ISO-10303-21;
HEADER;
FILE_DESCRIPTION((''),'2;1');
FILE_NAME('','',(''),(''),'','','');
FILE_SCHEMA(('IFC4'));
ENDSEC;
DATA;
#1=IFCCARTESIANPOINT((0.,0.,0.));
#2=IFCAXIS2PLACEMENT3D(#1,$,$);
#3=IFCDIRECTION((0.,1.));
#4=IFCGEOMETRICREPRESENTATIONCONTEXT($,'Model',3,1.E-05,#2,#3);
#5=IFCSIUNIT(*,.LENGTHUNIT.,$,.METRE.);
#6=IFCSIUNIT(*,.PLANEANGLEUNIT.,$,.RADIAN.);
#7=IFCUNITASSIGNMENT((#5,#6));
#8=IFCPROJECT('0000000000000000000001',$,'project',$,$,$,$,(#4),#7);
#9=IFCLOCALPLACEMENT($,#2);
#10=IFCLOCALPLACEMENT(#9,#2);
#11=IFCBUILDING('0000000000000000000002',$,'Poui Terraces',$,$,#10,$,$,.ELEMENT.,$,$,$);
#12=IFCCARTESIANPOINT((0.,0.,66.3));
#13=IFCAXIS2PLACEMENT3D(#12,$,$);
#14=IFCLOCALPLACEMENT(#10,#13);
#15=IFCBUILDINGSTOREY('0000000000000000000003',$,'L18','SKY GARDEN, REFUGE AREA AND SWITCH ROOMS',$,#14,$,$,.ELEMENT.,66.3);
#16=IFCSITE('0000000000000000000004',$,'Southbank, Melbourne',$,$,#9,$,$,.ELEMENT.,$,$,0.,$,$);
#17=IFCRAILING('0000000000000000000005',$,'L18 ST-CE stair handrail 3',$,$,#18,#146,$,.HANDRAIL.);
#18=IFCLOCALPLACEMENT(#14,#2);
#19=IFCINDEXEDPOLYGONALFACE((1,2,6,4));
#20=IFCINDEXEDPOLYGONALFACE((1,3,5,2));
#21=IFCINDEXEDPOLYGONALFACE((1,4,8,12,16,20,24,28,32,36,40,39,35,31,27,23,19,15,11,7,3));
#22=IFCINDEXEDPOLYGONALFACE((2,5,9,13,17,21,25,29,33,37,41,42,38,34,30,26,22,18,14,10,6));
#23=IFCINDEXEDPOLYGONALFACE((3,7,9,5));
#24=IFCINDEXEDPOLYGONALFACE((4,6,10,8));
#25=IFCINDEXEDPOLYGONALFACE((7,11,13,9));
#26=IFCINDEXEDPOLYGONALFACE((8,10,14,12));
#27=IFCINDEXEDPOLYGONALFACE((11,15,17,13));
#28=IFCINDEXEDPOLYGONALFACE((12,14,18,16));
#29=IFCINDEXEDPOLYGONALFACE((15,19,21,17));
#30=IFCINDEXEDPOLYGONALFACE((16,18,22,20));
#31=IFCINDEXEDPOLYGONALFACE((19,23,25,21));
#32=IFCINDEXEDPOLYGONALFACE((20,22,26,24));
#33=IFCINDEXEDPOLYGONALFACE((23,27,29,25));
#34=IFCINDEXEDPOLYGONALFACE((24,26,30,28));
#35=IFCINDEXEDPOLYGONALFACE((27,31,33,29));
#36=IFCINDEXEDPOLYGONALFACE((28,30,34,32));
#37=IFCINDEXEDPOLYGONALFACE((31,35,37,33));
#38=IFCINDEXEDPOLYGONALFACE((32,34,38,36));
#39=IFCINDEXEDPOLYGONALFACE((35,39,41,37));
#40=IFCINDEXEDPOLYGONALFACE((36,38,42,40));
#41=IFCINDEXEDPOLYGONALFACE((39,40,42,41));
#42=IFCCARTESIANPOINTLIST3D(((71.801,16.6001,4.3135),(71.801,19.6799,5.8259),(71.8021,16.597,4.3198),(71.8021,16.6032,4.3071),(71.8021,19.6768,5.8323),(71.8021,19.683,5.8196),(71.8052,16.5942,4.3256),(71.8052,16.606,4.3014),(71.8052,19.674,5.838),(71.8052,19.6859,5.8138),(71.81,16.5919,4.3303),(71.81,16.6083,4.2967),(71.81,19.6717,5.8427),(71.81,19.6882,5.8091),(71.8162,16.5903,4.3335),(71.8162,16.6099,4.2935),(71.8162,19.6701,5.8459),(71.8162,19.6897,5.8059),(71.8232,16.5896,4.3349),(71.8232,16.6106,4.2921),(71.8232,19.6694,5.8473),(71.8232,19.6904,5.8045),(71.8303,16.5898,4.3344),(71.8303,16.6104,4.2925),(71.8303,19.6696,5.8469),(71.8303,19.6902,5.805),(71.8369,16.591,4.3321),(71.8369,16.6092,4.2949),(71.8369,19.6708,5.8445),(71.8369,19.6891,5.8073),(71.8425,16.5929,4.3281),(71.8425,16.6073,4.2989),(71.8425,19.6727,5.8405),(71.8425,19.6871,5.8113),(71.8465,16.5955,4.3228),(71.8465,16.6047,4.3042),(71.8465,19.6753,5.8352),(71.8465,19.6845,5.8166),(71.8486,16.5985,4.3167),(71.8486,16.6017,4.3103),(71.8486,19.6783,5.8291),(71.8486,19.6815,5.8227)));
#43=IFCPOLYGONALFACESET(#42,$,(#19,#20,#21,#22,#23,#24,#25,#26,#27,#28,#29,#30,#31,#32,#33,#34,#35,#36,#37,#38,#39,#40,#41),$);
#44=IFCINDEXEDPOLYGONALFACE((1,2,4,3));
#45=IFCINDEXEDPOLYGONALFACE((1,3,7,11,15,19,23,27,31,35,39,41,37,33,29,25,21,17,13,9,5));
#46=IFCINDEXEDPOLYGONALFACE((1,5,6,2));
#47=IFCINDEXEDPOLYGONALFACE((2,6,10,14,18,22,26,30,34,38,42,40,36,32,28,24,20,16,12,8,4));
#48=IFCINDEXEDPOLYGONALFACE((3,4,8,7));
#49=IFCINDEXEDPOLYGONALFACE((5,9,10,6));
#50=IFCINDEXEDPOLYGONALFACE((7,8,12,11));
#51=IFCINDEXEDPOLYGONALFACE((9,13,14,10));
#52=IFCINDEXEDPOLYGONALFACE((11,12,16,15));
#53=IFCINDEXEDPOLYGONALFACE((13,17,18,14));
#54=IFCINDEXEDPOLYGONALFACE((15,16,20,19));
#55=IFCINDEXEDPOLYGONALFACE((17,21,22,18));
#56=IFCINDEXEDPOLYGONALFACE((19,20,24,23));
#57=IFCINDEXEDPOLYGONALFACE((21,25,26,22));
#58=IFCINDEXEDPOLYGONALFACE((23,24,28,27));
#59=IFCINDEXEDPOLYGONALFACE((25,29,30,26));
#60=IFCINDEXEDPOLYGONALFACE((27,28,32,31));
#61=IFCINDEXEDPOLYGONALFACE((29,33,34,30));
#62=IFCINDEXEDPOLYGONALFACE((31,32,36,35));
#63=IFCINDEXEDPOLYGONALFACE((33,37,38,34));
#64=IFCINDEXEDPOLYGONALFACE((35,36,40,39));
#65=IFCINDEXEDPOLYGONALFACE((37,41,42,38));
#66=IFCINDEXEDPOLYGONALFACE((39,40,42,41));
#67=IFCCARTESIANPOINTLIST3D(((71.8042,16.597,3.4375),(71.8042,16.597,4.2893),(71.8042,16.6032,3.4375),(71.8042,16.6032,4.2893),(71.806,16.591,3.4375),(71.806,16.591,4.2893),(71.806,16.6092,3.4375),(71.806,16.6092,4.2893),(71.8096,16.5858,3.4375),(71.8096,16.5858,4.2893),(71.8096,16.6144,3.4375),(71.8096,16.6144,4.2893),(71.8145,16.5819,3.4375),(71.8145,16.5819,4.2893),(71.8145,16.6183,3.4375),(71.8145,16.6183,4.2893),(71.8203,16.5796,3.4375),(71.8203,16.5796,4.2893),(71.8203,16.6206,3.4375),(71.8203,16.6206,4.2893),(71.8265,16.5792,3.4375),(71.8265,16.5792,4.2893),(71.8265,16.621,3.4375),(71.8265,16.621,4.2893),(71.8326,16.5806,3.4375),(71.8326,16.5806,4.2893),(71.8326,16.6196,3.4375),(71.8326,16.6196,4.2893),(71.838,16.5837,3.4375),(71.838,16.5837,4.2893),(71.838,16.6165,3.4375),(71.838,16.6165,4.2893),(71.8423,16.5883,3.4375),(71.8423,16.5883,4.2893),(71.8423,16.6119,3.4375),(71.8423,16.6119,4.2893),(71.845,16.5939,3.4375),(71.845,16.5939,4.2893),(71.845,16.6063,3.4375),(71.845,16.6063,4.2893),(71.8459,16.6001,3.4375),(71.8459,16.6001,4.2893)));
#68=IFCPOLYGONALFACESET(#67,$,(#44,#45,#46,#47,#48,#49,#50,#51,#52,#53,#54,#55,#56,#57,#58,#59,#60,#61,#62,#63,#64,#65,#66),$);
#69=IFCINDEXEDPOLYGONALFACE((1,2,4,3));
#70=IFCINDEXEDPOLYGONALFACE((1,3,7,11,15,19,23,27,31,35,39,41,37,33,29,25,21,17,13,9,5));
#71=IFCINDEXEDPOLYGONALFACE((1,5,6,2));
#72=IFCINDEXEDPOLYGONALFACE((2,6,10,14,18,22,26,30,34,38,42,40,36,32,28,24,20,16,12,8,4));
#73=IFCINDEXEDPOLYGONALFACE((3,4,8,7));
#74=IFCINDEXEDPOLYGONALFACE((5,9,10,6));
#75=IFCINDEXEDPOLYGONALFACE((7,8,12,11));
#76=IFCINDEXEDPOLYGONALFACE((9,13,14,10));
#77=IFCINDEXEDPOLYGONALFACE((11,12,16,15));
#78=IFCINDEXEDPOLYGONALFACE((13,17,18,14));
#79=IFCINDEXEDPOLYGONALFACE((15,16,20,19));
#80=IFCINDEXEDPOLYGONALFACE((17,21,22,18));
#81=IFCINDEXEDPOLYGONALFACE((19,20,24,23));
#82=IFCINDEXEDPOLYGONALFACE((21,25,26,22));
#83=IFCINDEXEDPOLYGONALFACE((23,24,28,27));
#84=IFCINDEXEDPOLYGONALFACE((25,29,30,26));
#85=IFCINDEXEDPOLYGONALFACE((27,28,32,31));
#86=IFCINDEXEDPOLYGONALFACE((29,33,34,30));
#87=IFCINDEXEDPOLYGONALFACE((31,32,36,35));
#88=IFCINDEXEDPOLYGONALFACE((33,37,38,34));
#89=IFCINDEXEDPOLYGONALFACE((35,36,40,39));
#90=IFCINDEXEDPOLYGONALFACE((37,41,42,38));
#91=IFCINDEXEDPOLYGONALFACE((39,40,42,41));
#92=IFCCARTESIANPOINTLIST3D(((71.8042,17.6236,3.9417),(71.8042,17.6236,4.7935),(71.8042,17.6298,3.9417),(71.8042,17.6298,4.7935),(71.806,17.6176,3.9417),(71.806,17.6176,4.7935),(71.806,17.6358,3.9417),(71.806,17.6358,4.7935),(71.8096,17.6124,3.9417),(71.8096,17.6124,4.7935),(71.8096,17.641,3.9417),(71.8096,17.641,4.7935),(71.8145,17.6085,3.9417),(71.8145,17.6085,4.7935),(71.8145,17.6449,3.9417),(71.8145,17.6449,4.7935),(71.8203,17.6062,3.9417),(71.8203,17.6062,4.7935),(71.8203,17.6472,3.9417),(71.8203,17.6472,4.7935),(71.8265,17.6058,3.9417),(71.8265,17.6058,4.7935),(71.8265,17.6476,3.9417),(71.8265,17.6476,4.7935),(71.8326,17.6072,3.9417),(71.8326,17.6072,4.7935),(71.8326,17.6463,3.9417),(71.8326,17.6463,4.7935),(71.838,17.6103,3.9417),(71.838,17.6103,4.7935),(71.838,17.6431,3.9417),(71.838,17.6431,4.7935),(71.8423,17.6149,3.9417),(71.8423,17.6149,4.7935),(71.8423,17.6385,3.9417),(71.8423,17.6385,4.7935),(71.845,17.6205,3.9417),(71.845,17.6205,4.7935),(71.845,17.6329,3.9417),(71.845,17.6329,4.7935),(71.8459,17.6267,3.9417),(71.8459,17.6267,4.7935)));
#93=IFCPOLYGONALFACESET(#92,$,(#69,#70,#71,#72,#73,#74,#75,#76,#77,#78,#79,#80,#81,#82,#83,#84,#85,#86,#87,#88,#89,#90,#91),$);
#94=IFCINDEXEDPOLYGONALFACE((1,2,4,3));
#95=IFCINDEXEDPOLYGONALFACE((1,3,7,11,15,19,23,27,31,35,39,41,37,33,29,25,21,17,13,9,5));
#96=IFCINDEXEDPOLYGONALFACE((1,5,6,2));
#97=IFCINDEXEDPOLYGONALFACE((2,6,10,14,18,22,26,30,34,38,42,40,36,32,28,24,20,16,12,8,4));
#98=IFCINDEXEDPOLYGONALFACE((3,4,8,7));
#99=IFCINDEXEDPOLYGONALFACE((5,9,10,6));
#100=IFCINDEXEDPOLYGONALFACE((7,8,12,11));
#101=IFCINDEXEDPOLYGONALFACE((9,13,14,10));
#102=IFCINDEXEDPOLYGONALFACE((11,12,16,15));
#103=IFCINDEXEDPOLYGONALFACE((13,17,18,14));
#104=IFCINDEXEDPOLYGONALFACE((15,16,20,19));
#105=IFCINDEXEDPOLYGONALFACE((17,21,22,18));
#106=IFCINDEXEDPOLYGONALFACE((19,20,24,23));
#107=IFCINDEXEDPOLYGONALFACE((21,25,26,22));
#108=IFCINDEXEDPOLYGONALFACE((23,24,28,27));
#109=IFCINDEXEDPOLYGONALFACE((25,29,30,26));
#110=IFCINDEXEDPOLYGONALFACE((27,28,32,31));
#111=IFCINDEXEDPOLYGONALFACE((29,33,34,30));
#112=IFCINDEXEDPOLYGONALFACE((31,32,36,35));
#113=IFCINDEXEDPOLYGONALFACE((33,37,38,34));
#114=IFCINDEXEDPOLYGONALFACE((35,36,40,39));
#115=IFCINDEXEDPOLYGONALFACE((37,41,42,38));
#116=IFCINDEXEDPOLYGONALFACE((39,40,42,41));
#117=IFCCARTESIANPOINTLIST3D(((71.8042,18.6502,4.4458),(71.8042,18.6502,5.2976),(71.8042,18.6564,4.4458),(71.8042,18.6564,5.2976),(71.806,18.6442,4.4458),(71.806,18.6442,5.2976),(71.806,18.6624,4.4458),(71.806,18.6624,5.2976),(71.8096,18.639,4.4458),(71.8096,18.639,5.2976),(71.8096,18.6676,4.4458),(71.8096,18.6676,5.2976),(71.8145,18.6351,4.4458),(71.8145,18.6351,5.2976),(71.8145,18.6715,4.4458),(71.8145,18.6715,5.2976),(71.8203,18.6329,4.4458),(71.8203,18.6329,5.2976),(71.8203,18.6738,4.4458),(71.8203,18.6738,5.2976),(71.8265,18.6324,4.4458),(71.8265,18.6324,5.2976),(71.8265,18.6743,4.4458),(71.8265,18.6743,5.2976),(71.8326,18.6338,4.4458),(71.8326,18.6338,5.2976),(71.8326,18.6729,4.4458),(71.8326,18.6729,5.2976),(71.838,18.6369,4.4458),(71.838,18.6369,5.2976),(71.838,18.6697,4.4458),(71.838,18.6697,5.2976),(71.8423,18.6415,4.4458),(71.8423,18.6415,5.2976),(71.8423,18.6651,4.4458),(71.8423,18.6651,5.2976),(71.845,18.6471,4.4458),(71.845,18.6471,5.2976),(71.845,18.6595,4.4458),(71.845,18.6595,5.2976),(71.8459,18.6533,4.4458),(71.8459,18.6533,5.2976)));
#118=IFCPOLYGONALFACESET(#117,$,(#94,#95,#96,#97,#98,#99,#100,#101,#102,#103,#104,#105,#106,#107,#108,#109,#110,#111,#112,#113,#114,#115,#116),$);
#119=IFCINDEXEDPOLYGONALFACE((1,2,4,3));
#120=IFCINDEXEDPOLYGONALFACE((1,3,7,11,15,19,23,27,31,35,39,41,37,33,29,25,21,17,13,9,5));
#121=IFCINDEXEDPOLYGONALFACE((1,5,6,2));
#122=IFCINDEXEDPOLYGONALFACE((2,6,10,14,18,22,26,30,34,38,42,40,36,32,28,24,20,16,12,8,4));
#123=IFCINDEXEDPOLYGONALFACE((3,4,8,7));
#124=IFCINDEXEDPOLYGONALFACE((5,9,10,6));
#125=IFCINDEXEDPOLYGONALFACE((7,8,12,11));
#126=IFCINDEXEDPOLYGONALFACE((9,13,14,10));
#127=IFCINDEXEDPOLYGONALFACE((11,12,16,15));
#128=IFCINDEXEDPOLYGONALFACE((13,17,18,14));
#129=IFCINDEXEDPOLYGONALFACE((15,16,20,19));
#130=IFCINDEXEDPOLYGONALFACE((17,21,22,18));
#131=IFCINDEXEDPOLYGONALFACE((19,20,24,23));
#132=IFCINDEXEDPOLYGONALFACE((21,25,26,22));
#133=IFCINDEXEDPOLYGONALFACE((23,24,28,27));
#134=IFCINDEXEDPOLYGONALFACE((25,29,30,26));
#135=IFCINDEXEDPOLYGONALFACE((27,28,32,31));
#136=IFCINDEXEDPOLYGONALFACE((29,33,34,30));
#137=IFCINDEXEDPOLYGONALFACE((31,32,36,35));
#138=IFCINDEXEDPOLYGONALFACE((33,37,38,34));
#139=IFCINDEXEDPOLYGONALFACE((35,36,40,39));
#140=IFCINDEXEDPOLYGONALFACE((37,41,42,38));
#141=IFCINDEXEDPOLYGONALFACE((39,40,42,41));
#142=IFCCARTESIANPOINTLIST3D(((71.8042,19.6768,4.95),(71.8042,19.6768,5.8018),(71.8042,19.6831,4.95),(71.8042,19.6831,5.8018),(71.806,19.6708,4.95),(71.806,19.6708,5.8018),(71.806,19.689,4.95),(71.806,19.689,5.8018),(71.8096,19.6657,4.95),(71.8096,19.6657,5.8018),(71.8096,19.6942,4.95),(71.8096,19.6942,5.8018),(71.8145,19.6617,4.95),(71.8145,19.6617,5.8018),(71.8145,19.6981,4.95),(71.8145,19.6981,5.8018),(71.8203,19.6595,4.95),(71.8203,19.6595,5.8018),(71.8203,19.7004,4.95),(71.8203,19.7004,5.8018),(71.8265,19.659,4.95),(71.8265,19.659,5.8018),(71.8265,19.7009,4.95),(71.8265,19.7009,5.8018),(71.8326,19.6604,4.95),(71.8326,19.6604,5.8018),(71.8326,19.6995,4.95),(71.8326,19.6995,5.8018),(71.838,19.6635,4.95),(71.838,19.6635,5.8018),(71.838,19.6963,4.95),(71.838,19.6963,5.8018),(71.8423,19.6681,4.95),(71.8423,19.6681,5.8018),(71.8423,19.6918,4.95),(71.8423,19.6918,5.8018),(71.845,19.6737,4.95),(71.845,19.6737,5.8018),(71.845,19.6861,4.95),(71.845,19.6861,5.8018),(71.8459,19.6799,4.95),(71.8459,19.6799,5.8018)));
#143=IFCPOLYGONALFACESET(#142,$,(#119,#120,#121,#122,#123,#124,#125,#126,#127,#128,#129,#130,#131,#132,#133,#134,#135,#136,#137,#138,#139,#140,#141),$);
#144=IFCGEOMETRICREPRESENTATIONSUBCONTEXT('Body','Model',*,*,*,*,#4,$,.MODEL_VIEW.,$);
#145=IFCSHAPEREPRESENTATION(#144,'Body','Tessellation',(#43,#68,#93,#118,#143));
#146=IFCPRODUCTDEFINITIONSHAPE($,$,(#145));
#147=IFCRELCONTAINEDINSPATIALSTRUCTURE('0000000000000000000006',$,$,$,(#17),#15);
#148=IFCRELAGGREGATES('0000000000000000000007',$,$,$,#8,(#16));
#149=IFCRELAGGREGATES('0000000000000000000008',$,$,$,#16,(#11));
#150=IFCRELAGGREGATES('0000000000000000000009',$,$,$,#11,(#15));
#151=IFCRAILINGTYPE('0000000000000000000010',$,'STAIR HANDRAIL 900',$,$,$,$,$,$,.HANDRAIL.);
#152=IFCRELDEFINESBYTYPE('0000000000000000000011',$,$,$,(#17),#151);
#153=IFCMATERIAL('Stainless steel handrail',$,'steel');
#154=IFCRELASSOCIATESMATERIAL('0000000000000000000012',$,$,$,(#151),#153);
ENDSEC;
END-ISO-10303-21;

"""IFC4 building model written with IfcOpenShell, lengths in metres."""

from ifc_helpers import new_model, si_unit, direction, frame, origin, origin_2d, place, context, subcontext, project, spatial, circle, extrude, material, type_object, element, save


model = new_model("IFC4")

# Units and contexts
model_context = context("Model", 3, precision=1e-05, world=origin(), true_north=direction((0.0, 1.0)))
body_context = subcontext(model_context, "Body", "Model", "MODEL_VIEW")
ifc_project = project(units=[si_unit("LENGTHUNIT", "METRE"), si_unit("PLANEANGLEUNIT", "RADIAN")], contexts=[model_context])

# Site, building, storey
site_placement = place(None, origin())
site = spatial("IfcSite", under=ifc_project, at=site_placement, Name="Southbank, Melbourne", CompositionType="ELEMENT", RefElevation=0.0)
building_placement = place(site_placement, origin())
building = spatial("IfcBuilding", under=site, at=building_placement, Name="Poui Terraces", CompositionType="ELEMENT")
storey_placement = place(building_placement, frame((0.0, 0.0, 66.3)))
storey = spatial("IfcBuildingStorey", under=building, at=storey_placement, Name="L18", Description="SKY GARDEN, REFUGE AREA AND SWITCH ROOMS", CompositionType="ELEMENT", Elevation=66.3)

# Railing
ifc_material_1 = material(Name="Stainless steel handrail", Category="steel")
railing_type_1 = type_object("IfcRailingType", Name="STAIR HANDRAIL 900", PredefinedType="HANDRAIL", material=ifc_material_1)
railing_1_placement = place(storey_placement, frame((71.825, 16.6001, 3.4375)))
element("IfcRailing", 1, at=railing_1_placement, inside=storey, type_object=railing_type_1, Name="L18 ST-CE stair handrail 3", PredefinedType="HANDRAIL", context=body_context, shape_type="SweptSolid", body=[
    extrude(circle(Radius=0.0239, at=origin_2d()), frame((0.0, 0.0, 0.876), z_axis=(0.0, 0.897606, 0.440798), x_axis=(-1.0, 0.0, 0.0)), (0.0, 0.0, 1.0), 3.4312),
    extrude(circle(Radius=0.021, at=origin_2d()), origin(), (0.0, 0.0, 1.0), 0.8518),
    extrude(circle(Radius=0.021, at=origin_2d()), frame((0.0, 1.0266, 0.5042)), (0.0, 0.0, 1.0), 0.8518),
    extrude(circle(Radius=0.021, at=origin_2d()), frame((0.0, 2.0532, 1.0083)), (0.0, 0.0, 1.0), 0.8518),
    extrude(circle(Radius=0.021, at=origin_2d()), frame((0.0, 3.0798, 1.5125)), (0.0, 0.0, 1.0), 0.8518),
])

save(model, "model.ifc")
